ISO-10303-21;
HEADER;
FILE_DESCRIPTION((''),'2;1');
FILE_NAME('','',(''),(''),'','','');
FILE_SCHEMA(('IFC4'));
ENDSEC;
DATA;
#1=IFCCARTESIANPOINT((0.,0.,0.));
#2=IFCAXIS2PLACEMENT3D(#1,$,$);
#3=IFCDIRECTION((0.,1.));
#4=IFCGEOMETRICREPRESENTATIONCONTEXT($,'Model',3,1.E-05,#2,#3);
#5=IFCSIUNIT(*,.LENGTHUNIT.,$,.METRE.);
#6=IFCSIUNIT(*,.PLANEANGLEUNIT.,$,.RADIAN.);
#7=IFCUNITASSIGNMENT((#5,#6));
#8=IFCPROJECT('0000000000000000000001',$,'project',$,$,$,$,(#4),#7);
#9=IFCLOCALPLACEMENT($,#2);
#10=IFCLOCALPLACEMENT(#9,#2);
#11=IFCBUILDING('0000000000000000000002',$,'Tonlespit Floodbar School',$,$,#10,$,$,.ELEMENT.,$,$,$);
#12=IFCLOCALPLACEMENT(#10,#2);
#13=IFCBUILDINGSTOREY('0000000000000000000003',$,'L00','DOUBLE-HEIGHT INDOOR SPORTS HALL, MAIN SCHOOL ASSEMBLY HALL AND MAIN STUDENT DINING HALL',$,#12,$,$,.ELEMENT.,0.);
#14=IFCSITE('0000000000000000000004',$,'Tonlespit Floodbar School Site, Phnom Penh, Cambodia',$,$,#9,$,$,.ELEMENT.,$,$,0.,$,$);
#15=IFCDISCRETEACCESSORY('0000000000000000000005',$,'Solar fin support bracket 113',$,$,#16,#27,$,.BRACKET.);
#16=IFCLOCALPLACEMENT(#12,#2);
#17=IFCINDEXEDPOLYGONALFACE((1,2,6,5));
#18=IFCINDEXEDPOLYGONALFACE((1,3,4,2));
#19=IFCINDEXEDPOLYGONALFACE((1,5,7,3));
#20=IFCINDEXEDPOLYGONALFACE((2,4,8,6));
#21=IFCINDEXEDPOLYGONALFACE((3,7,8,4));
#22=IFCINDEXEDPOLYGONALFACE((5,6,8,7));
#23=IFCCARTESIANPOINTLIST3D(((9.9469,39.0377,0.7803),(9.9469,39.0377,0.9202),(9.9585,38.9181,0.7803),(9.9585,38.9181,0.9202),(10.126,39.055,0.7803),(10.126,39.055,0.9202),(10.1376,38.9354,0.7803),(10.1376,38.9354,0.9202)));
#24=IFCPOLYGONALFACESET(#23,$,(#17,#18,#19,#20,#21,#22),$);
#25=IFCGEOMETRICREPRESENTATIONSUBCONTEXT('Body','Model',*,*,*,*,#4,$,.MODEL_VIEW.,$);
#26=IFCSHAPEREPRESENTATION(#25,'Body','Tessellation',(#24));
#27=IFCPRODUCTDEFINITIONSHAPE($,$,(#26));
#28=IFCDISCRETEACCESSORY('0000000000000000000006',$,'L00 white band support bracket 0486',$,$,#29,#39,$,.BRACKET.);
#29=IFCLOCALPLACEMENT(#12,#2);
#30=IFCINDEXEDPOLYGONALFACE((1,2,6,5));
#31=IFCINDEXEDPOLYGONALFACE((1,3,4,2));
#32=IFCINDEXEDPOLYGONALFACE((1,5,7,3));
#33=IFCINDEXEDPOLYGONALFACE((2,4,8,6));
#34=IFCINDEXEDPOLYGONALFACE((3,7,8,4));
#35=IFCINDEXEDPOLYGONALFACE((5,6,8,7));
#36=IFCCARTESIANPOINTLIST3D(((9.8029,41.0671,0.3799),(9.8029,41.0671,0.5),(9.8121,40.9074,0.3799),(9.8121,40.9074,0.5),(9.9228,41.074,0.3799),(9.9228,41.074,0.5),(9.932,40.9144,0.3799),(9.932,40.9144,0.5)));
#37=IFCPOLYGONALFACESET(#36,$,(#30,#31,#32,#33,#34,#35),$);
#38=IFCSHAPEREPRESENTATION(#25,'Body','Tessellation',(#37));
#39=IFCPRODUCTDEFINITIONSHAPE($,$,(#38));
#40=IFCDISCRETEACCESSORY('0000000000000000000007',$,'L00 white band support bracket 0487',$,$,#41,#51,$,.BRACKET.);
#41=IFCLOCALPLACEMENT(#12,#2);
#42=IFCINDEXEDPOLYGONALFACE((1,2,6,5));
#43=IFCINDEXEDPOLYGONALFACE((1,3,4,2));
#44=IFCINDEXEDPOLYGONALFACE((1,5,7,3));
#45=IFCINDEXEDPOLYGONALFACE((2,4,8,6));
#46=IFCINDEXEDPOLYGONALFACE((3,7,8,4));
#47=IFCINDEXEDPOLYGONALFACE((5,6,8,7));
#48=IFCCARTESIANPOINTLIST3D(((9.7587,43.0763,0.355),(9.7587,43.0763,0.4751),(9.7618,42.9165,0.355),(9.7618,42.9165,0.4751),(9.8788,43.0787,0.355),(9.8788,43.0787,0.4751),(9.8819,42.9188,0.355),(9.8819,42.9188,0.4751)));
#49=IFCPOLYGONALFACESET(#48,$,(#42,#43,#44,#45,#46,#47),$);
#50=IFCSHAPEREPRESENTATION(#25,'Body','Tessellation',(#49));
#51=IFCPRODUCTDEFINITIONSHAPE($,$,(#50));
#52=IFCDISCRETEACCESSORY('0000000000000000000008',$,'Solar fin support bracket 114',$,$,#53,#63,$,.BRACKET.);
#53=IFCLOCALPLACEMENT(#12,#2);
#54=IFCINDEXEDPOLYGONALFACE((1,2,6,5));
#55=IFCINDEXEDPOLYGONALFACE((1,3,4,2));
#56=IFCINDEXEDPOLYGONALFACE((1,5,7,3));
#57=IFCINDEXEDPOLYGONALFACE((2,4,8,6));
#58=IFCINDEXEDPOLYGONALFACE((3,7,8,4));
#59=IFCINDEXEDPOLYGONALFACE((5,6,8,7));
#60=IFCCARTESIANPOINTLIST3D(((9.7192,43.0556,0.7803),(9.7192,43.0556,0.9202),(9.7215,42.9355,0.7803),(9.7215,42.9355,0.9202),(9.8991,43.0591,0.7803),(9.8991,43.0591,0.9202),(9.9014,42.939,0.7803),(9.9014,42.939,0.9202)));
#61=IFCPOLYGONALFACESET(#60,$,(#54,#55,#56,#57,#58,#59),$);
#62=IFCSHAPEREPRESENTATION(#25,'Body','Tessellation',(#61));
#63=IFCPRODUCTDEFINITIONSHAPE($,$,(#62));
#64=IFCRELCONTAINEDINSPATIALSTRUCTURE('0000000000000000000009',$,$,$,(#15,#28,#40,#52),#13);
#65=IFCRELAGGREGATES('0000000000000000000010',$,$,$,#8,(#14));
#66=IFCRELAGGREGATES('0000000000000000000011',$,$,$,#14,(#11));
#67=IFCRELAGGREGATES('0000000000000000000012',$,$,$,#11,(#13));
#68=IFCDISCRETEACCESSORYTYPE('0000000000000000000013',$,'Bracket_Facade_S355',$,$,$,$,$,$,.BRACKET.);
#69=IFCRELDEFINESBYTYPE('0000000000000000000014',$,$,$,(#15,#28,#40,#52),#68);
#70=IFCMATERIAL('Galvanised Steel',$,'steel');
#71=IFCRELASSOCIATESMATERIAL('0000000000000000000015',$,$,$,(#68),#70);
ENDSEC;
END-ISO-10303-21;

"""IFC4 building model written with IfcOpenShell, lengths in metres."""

from ifc_helpers import new_model, si_unit, direction, frame, origin, origin_2d, place, context, subcontext, project, spatial, rectangle, extrude, material, type_object, element, save


model = new_model("IFC4")

# Units and contexts
model_context = context("Model", 3, precision=1e-05, world=origin(), true_north=direction((0.0, 1.0)))
body_context = subcontext(model_context, "Body", "Model", "MODEL_VIEW")
ifc_project = project(units=[si_unit("LENGTHUNIT", "METRE"), si_unit("PLANEANGLEUNIT", "RADIAN")], contexts=[model_context])

# Site, building, storey
site_placement = place(None, origin())
site = spatial("IfcSite", under=ifc_project, at=site_placement, Name="Tonlespit Floodbar School Site, Phnom Penh, Cambodia", CompositionType="ELEMENT", RefElevation=0.0)
building_placement = place(site_placement, origin())
building = spatial("IfcBuilding", under=site, at=building_placement, Name="Tonlespit Floodbar School", CompositionType="ELEMENT")
storey_placement = place(building_placement, origin())
storey = spatial("IfcBuildingStorey", under=building, at=storey_placement, Name="L00", Description="DOUBLE-HEIGHT INDOOR SPORTS HALL, MAIN SCHOOL ASSEMBLY HALL AND MAIN STUDENT DINING HALL", CompositionType="ELEMENT", Elevation=0.0)

# Discrete accessories
ifc_material_1 = material(Name="Galvanised Steel", Category="steel")
discrete_accessory_type = type_object("IfcDiscreteAccessoryType", Name="Bracket_Facade_S355", PredefinedType="BRACKET", material=ifc_material_1)
discrete_accessory_1_placement = place(storey_placement, frame((10.0422, 38.9866, 0.7803), z_axis=(0.0, 0.0, 1.0), x_axis=(-0.096153, 0.995367, 0.0)))
element("IfcDiscreteAccessory", 1, at=discrete_accessory_1_placement, inside=storey, type_object=discrete_accessory_type, Name="Solar fin support bracket 113", PredefinedType="BRACKET", context=body_context, shape_type="SweptSolid", body=[
    extrude(rectangle(XDim=0.1201, YDim=0.1799, at=origin_2d()), origin(), (0.0, 0.0, 1.0), 0.1399),
])
for number, where, z_axis, x_axis, name in (
    (2, (9.8674, 40.9907, 0.3799), (0.0, 0.0, 1.0), (-0.057703, 0.998334, 0.0), "L00 white band support bracket 0486"),
    (3, (9.8203, 42.9976, 0.355), (0.0, 0.0, 1.0), (-0.019246, 0.999815, 0.0), "L00 white band support bracket 0487"),
):
    element("IfcDiscreteAccessory", number, at=place(storey_placement, frame(where, z_axis=z_axis, x_axis=x_axis)), inside=storey, type_object=discrete_accessory_type, Name=name, PredefinedType="BRACKET", context=body_context, shape_type="SweptSolid", body=[
        extrude(rectangle(XDim=0.1599, YDim=0.1201, at=origin_2d()), origin(), (0.0, 0.0, 1.0), 0.1201),
    ])
discrete_accessory_2_placement = place(storey_placement, frame((9.8103, 42.9973, 0.7803), z_axis=(0.0, 0.0, 1.0), x_axis=(-0.019246, 0.999815, 0.0)))
element("IfcDiscreteAccessory", 4, at=discrete_accessory_2_placement, inside=storey, type_object=discrete_accessory_type, Name="Solar fin support bracket 114", PredefinedType="BRACKET", context=body_context, shape_type="SweptSolid", body=[
    extrude(rectangle(XDim=0.1201, YDim=0.1799, at=origin_2d()), origin(), (0.0, 0.0, 1.0), 0.1399),
])

save(model, "model.ifc")
